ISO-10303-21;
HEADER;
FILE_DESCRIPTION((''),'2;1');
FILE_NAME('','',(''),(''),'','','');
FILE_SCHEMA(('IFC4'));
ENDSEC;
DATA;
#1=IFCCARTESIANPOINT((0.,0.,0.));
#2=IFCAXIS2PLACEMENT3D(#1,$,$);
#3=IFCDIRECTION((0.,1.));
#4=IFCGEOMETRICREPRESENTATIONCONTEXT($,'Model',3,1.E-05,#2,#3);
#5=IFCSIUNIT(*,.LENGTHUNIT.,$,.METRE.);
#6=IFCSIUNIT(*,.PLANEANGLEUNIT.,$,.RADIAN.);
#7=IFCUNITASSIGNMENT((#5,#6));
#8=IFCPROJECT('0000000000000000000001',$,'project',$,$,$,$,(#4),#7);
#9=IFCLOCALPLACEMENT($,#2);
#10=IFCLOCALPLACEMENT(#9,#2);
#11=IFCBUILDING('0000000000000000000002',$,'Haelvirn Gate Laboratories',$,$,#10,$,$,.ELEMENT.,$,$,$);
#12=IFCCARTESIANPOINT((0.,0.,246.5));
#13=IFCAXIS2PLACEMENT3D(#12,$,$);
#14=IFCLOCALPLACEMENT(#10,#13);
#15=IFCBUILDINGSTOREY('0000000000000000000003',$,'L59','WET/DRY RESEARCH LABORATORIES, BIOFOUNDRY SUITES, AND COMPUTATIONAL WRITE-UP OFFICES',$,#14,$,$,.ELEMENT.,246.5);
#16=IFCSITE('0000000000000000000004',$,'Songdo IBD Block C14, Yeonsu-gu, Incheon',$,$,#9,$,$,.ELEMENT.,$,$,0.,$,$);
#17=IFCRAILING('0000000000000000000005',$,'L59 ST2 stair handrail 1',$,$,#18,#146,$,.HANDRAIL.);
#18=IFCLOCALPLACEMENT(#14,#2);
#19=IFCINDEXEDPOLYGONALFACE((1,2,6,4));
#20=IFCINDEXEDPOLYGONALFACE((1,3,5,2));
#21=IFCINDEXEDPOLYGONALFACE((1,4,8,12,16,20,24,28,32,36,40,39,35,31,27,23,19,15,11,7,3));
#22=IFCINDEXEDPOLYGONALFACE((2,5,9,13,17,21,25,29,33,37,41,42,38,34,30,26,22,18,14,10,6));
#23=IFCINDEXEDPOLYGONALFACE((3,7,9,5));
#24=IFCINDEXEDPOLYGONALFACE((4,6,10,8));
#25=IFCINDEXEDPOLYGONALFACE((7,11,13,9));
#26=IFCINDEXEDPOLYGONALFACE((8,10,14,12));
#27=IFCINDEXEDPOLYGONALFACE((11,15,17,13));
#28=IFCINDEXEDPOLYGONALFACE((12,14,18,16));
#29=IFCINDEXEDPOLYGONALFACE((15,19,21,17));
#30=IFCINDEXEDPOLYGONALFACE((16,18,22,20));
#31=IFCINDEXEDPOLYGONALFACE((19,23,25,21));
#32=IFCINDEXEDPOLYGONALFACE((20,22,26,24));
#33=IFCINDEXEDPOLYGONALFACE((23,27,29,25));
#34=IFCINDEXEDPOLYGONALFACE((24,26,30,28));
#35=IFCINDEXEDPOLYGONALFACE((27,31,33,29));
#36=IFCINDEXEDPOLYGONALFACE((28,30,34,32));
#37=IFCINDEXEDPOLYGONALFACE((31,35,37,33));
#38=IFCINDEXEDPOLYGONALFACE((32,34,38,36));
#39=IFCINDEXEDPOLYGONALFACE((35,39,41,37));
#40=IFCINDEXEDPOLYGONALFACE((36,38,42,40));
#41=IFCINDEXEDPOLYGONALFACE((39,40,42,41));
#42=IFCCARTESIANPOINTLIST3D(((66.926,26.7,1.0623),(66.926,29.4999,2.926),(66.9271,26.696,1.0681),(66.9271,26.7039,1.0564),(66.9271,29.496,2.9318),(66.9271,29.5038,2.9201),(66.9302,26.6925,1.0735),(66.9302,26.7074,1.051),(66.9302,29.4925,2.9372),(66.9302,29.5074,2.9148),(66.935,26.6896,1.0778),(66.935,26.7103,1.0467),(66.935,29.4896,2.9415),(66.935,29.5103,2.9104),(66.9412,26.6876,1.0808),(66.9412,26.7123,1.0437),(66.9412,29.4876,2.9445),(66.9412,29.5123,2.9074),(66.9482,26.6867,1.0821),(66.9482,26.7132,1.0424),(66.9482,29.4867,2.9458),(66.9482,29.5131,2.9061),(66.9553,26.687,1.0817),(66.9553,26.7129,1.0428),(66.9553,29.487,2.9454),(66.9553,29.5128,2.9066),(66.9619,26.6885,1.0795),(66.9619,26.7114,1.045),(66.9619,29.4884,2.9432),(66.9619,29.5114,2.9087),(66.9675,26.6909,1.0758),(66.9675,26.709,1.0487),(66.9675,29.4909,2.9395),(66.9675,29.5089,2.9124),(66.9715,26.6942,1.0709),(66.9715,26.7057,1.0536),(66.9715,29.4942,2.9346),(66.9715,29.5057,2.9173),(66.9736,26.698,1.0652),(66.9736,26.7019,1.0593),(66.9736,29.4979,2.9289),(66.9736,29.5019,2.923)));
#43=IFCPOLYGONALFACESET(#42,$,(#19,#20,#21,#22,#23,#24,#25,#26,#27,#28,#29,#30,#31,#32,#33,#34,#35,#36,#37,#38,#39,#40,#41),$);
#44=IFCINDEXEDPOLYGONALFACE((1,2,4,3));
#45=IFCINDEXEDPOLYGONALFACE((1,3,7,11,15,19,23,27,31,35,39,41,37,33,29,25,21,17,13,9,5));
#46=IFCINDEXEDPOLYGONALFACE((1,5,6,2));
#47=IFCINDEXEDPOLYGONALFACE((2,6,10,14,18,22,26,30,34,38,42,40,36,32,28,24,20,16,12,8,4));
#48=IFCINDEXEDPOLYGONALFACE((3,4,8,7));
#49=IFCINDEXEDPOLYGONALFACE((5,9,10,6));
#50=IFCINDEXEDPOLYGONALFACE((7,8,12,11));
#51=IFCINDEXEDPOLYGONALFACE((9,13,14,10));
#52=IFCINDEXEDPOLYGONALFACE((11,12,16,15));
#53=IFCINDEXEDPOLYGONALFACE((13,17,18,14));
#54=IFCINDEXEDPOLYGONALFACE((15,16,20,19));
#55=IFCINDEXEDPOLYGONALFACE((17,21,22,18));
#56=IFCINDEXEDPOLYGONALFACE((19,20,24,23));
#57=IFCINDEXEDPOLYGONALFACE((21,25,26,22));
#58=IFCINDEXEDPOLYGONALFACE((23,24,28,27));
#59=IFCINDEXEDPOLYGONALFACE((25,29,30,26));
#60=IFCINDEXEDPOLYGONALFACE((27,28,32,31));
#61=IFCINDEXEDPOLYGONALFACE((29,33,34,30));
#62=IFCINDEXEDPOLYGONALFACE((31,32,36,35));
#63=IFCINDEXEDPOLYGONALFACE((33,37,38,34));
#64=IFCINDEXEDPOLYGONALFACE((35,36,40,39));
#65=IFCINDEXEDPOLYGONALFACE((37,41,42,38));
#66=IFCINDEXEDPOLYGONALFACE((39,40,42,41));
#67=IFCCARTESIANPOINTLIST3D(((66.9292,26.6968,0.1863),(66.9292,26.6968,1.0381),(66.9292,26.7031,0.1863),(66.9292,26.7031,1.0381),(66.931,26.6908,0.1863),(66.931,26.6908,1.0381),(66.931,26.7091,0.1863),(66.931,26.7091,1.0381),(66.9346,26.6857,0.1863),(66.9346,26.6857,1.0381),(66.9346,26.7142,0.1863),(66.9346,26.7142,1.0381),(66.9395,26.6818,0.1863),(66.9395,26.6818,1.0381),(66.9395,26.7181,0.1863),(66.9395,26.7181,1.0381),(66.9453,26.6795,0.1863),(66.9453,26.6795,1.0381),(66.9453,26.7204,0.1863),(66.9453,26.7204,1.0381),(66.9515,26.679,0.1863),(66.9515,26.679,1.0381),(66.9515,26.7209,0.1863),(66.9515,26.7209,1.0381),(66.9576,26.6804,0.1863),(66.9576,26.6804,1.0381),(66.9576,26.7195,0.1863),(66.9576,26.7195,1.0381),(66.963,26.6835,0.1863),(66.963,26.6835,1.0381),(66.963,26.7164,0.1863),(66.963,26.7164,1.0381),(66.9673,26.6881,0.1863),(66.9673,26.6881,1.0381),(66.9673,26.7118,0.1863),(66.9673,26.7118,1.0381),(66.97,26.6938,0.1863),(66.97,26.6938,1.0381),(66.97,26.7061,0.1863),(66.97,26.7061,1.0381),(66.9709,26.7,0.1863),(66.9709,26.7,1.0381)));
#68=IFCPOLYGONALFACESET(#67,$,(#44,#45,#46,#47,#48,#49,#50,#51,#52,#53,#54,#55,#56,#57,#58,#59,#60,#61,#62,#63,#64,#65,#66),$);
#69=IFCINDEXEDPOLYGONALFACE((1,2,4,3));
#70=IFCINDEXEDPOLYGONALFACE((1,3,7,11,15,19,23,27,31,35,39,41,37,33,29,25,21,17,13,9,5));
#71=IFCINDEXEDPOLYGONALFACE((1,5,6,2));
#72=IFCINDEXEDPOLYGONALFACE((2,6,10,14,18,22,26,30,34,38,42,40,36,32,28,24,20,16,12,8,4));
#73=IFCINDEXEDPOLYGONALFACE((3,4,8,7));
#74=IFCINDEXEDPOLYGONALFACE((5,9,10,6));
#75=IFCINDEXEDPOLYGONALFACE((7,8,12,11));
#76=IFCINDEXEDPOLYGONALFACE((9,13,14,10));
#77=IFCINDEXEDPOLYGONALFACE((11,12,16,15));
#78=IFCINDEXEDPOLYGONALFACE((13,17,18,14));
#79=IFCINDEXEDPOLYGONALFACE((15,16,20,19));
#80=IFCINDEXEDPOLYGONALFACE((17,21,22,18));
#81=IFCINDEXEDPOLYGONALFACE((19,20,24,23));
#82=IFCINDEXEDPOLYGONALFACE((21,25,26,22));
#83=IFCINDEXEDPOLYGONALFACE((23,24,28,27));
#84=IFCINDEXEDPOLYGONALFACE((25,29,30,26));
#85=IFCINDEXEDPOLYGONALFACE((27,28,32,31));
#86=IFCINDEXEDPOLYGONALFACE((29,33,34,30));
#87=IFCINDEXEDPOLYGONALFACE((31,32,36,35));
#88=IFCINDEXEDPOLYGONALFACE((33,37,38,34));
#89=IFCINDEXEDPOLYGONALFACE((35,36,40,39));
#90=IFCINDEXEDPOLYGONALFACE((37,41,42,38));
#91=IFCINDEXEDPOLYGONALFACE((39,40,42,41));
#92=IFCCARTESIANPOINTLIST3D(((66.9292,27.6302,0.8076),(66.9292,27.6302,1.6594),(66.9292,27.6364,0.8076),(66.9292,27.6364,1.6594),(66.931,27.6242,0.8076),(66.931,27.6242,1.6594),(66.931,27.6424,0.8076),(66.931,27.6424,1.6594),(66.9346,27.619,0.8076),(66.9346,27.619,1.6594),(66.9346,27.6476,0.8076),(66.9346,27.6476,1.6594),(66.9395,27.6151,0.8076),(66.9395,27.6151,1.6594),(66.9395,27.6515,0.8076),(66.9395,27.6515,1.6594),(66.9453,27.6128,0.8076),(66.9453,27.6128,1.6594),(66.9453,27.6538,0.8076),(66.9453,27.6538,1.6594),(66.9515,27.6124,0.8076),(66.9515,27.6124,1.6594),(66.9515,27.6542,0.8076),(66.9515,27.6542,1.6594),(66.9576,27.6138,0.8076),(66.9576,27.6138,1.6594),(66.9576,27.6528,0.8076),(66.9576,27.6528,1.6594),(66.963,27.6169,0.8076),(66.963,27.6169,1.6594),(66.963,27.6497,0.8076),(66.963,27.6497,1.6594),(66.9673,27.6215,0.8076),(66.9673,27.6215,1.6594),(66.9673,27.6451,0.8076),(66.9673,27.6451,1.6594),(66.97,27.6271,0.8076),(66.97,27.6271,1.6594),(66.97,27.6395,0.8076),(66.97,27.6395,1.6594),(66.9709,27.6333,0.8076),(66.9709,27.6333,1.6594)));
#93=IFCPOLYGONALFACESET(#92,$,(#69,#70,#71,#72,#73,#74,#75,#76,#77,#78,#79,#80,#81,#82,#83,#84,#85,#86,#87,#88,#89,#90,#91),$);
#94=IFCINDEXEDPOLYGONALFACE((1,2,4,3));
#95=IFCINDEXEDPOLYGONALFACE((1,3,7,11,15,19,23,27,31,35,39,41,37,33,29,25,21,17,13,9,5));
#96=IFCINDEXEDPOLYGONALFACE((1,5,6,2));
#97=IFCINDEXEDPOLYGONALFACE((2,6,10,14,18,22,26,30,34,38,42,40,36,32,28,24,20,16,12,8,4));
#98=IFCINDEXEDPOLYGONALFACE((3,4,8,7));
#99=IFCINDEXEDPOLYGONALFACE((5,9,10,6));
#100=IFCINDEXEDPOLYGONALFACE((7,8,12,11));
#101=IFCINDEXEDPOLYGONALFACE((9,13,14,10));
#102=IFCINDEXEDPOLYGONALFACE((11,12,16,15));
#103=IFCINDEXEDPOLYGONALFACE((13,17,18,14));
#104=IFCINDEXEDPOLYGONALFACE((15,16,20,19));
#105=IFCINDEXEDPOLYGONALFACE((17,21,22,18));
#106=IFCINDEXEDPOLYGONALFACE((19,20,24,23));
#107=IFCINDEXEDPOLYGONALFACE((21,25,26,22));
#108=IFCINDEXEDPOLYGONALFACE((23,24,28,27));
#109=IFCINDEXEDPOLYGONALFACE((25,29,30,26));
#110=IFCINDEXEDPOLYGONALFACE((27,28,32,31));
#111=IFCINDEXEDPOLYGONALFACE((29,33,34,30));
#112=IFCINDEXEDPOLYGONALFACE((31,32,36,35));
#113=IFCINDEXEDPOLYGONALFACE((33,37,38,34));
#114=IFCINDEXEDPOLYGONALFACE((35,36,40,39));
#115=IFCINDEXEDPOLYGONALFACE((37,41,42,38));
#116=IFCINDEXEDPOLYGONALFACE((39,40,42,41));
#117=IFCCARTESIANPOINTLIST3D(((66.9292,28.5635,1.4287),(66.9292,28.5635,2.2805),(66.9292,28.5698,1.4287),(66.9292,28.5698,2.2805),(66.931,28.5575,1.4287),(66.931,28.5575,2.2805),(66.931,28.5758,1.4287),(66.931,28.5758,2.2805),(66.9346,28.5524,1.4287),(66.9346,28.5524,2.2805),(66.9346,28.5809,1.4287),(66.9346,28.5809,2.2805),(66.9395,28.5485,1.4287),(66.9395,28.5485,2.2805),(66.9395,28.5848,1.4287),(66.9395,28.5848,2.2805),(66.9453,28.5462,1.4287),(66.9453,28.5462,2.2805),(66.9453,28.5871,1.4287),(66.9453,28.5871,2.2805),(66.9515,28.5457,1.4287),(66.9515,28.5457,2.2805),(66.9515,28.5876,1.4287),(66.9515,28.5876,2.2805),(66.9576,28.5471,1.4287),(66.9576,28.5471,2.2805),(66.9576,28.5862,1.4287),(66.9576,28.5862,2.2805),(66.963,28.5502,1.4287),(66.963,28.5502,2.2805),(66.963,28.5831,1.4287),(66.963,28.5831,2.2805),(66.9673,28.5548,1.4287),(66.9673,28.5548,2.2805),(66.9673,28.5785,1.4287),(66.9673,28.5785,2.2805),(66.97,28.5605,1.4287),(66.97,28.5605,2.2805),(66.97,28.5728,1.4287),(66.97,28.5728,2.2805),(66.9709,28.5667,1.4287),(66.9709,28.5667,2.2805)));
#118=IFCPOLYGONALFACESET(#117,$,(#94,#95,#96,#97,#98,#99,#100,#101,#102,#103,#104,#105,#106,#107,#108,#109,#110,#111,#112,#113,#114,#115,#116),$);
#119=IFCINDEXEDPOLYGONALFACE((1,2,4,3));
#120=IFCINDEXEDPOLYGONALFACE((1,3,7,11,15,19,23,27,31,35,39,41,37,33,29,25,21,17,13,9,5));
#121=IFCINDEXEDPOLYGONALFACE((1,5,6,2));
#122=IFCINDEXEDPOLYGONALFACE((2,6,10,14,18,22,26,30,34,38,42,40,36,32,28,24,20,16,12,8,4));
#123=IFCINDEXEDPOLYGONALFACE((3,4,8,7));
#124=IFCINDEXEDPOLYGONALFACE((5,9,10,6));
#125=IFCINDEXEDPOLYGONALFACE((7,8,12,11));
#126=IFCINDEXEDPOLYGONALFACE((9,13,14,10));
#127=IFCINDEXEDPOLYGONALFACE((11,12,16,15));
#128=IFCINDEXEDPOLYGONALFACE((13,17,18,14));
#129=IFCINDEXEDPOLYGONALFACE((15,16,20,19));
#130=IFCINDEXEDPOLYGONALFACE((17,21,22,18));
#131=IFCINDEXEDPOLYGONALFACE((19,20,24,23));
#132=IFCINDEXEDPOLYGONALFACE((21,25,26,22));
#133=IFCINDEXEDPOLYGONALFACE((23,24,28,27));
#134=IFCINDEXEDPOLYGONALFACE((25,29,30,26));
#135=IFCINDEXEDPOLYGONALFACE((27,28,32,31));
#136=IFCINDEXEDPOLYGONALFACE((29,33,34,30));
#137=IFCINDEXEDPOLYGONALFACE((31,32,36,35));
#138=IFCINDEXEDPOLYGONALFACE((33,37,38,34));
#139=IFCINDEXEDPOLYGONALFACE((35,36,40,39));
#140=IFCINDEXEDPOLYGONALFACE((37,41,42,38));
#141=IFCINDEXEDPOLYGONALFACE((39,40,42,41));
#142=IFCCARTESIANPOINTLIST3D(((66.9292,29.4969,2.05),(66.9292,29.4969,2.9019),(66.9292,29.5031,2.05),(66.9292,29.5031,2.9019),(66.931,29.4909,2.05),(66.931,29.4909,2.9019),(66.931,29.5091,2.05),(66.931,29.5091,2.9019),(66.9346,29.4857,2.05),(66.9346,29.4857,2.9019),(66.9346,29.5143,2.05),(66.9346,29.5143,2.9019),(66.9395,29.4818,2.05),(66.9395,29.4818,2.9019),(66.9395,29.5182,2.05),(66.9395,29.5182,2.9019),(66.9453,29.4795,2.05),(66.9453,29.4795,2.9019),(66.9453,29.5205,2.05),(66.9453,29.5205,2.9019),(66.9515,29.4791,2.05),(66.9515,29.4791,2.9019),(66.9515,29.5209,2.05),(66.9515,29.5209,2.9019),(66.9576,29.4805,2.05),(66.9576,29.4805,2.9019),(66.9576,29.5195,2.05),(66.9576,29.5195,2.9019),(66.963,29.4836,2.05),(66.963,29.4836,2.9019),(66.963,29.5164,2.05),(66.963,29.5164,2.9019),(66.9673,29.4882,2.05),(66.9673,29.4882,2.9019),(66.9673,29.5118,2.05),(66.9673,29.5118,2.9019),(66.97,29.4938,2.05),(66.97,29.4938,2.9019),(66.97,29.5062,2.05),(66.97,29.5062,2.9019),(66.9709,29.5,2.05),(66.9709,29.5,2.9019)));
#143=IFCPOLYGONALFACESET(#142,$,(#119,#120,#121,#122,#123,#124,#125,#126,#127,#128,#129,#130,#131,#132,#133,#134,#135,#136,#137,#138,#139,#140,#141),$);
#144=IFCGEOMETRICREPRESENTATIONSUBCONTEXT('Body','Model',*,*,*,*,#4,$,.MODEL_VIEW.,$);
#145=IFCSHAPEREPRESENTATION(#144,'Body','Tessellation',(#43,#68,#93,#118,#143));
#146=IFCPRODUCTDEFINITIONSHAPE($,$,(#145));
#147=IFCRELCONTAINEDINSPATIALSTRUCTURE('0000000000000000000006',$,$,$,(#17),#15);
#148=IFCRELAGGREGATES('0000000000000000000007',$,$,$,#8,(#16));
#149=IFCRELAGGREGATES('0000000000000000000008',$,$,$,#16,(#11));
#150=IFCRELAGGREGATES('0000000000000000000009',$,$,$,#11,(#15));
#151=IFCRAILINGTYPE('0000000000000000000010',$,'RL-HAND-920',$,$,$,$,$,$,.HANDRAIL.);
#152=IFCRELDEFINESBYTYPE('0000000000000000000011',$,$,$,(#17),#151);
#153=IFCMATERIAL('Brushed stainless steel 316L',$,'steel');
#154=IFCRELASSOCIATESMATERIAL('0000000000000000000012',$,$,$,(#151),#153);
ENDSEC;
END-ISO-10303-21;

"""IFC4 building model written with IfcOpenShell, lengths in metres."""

from ifc_helpers import new_model, si_unit, direction, frame, origin, origin_2d, place, context, subcontext, project, spatial, circle, extrude, source, transform, mapped, material, type_object, element, save


model = new_model("IFC4")

# Units and contexts
model_context = context("Model", 3, precision=1e-05, world=origin(), true_north=direction((0.0, 1.0)))
body_context = subcontext(model_context, "Body", "Model", "MODEL_VIEW")
ifc_project = project(units=[si_unit("LENGTHUNIT", "METRE"), si_unit("PLANEANGLEUNIT", "RADIAN")], contexts=[model_context])

# Site, building, storey
site_placement = place(None, origin())
site = spatial("IfcSite", under=ifc_project, at=site_placement, Name="Songdo IBD Block C14, Yeonsu-gu, Incheon", CompositionType="ELEMENT", RefElevation=0.0)
building_placement = place(site_placement, origin())
building = spatial("IfcBuilding", under=site, at=building_placement, Name="Haelvirn Gate Laboratories", CompositionType="ELEMENT")
storey_placement = place(building_placement, frame((0.0, 0.0, 246.5)))
storey = spatial("IfcBuildingStorey", under=building, at=storey_placement, Name="L59", Description="WET/DRY RESEARCH LABORATORIES, BIOFOUNDRY SUITES, AND COMPUTATIONAL WRITE-UP OFFICES", CompositionType="ELEMENT", Elevation=246.5)

# Railing
ifc_material_1 = material(Name="Brushed stainless steel 316L", Category="steel")
railing_type_1 = type_object("IfcRailingType", Name="RL-HAND-920", PredefinedType="HANDRAIL", material=ifc_material_1)
shared_shape_1 = source(origin(), body_context, "Body", "SweptSolid", [
    extrude(circle(Radius=0.0239, at=origin_2d()), frame((0.0, 0.0, 0.876), z_axis=(0.0, 0.832452, 0.554097), x_axis=(-1.0, 0.0, 0.0)), (0.0, 0.0, 1.0), 3.3635),
    extrude(circle(Radius=0.021, at=origin_2d()), origin(), (0.0, 0.0, 1.0), 0.8518),
    extrude(circle(Radius=0.021, at=origin_2d()), frame((0.0, 0.9333, 0.6213)), (0.0, 0.0, 1.0), 0.8518),
    extrude(circle(Radius=0.021, at=origin_2d()), frame((0.0, 1.8667, 1.2424)), (0.0, 0.0, 1.0), 0.8518),
    extrude(circle(Radius=0.021, at=origin_2d()), frame((0.0, 2.8, 1.8638)), (0.0, 0.0, 1.0), 0.8518),
])
railing_1_placement = place(storey_placement, frame((66.95, 26.7, 0.1863)))
element("IfcRailing", 1, at=railing_1_placement, inside=storey, type_object=railing_type_1, Name="L59 ST2 stair handrail 1", PredefinedType="HANDRAIL", context=body_context, shape_type="MappedRepresentation", body=[
    mapped(shared_shape_1, transform((0.0, 0.0, 0.0), scale=1.0)),
])

save(model, "model.ifc")
